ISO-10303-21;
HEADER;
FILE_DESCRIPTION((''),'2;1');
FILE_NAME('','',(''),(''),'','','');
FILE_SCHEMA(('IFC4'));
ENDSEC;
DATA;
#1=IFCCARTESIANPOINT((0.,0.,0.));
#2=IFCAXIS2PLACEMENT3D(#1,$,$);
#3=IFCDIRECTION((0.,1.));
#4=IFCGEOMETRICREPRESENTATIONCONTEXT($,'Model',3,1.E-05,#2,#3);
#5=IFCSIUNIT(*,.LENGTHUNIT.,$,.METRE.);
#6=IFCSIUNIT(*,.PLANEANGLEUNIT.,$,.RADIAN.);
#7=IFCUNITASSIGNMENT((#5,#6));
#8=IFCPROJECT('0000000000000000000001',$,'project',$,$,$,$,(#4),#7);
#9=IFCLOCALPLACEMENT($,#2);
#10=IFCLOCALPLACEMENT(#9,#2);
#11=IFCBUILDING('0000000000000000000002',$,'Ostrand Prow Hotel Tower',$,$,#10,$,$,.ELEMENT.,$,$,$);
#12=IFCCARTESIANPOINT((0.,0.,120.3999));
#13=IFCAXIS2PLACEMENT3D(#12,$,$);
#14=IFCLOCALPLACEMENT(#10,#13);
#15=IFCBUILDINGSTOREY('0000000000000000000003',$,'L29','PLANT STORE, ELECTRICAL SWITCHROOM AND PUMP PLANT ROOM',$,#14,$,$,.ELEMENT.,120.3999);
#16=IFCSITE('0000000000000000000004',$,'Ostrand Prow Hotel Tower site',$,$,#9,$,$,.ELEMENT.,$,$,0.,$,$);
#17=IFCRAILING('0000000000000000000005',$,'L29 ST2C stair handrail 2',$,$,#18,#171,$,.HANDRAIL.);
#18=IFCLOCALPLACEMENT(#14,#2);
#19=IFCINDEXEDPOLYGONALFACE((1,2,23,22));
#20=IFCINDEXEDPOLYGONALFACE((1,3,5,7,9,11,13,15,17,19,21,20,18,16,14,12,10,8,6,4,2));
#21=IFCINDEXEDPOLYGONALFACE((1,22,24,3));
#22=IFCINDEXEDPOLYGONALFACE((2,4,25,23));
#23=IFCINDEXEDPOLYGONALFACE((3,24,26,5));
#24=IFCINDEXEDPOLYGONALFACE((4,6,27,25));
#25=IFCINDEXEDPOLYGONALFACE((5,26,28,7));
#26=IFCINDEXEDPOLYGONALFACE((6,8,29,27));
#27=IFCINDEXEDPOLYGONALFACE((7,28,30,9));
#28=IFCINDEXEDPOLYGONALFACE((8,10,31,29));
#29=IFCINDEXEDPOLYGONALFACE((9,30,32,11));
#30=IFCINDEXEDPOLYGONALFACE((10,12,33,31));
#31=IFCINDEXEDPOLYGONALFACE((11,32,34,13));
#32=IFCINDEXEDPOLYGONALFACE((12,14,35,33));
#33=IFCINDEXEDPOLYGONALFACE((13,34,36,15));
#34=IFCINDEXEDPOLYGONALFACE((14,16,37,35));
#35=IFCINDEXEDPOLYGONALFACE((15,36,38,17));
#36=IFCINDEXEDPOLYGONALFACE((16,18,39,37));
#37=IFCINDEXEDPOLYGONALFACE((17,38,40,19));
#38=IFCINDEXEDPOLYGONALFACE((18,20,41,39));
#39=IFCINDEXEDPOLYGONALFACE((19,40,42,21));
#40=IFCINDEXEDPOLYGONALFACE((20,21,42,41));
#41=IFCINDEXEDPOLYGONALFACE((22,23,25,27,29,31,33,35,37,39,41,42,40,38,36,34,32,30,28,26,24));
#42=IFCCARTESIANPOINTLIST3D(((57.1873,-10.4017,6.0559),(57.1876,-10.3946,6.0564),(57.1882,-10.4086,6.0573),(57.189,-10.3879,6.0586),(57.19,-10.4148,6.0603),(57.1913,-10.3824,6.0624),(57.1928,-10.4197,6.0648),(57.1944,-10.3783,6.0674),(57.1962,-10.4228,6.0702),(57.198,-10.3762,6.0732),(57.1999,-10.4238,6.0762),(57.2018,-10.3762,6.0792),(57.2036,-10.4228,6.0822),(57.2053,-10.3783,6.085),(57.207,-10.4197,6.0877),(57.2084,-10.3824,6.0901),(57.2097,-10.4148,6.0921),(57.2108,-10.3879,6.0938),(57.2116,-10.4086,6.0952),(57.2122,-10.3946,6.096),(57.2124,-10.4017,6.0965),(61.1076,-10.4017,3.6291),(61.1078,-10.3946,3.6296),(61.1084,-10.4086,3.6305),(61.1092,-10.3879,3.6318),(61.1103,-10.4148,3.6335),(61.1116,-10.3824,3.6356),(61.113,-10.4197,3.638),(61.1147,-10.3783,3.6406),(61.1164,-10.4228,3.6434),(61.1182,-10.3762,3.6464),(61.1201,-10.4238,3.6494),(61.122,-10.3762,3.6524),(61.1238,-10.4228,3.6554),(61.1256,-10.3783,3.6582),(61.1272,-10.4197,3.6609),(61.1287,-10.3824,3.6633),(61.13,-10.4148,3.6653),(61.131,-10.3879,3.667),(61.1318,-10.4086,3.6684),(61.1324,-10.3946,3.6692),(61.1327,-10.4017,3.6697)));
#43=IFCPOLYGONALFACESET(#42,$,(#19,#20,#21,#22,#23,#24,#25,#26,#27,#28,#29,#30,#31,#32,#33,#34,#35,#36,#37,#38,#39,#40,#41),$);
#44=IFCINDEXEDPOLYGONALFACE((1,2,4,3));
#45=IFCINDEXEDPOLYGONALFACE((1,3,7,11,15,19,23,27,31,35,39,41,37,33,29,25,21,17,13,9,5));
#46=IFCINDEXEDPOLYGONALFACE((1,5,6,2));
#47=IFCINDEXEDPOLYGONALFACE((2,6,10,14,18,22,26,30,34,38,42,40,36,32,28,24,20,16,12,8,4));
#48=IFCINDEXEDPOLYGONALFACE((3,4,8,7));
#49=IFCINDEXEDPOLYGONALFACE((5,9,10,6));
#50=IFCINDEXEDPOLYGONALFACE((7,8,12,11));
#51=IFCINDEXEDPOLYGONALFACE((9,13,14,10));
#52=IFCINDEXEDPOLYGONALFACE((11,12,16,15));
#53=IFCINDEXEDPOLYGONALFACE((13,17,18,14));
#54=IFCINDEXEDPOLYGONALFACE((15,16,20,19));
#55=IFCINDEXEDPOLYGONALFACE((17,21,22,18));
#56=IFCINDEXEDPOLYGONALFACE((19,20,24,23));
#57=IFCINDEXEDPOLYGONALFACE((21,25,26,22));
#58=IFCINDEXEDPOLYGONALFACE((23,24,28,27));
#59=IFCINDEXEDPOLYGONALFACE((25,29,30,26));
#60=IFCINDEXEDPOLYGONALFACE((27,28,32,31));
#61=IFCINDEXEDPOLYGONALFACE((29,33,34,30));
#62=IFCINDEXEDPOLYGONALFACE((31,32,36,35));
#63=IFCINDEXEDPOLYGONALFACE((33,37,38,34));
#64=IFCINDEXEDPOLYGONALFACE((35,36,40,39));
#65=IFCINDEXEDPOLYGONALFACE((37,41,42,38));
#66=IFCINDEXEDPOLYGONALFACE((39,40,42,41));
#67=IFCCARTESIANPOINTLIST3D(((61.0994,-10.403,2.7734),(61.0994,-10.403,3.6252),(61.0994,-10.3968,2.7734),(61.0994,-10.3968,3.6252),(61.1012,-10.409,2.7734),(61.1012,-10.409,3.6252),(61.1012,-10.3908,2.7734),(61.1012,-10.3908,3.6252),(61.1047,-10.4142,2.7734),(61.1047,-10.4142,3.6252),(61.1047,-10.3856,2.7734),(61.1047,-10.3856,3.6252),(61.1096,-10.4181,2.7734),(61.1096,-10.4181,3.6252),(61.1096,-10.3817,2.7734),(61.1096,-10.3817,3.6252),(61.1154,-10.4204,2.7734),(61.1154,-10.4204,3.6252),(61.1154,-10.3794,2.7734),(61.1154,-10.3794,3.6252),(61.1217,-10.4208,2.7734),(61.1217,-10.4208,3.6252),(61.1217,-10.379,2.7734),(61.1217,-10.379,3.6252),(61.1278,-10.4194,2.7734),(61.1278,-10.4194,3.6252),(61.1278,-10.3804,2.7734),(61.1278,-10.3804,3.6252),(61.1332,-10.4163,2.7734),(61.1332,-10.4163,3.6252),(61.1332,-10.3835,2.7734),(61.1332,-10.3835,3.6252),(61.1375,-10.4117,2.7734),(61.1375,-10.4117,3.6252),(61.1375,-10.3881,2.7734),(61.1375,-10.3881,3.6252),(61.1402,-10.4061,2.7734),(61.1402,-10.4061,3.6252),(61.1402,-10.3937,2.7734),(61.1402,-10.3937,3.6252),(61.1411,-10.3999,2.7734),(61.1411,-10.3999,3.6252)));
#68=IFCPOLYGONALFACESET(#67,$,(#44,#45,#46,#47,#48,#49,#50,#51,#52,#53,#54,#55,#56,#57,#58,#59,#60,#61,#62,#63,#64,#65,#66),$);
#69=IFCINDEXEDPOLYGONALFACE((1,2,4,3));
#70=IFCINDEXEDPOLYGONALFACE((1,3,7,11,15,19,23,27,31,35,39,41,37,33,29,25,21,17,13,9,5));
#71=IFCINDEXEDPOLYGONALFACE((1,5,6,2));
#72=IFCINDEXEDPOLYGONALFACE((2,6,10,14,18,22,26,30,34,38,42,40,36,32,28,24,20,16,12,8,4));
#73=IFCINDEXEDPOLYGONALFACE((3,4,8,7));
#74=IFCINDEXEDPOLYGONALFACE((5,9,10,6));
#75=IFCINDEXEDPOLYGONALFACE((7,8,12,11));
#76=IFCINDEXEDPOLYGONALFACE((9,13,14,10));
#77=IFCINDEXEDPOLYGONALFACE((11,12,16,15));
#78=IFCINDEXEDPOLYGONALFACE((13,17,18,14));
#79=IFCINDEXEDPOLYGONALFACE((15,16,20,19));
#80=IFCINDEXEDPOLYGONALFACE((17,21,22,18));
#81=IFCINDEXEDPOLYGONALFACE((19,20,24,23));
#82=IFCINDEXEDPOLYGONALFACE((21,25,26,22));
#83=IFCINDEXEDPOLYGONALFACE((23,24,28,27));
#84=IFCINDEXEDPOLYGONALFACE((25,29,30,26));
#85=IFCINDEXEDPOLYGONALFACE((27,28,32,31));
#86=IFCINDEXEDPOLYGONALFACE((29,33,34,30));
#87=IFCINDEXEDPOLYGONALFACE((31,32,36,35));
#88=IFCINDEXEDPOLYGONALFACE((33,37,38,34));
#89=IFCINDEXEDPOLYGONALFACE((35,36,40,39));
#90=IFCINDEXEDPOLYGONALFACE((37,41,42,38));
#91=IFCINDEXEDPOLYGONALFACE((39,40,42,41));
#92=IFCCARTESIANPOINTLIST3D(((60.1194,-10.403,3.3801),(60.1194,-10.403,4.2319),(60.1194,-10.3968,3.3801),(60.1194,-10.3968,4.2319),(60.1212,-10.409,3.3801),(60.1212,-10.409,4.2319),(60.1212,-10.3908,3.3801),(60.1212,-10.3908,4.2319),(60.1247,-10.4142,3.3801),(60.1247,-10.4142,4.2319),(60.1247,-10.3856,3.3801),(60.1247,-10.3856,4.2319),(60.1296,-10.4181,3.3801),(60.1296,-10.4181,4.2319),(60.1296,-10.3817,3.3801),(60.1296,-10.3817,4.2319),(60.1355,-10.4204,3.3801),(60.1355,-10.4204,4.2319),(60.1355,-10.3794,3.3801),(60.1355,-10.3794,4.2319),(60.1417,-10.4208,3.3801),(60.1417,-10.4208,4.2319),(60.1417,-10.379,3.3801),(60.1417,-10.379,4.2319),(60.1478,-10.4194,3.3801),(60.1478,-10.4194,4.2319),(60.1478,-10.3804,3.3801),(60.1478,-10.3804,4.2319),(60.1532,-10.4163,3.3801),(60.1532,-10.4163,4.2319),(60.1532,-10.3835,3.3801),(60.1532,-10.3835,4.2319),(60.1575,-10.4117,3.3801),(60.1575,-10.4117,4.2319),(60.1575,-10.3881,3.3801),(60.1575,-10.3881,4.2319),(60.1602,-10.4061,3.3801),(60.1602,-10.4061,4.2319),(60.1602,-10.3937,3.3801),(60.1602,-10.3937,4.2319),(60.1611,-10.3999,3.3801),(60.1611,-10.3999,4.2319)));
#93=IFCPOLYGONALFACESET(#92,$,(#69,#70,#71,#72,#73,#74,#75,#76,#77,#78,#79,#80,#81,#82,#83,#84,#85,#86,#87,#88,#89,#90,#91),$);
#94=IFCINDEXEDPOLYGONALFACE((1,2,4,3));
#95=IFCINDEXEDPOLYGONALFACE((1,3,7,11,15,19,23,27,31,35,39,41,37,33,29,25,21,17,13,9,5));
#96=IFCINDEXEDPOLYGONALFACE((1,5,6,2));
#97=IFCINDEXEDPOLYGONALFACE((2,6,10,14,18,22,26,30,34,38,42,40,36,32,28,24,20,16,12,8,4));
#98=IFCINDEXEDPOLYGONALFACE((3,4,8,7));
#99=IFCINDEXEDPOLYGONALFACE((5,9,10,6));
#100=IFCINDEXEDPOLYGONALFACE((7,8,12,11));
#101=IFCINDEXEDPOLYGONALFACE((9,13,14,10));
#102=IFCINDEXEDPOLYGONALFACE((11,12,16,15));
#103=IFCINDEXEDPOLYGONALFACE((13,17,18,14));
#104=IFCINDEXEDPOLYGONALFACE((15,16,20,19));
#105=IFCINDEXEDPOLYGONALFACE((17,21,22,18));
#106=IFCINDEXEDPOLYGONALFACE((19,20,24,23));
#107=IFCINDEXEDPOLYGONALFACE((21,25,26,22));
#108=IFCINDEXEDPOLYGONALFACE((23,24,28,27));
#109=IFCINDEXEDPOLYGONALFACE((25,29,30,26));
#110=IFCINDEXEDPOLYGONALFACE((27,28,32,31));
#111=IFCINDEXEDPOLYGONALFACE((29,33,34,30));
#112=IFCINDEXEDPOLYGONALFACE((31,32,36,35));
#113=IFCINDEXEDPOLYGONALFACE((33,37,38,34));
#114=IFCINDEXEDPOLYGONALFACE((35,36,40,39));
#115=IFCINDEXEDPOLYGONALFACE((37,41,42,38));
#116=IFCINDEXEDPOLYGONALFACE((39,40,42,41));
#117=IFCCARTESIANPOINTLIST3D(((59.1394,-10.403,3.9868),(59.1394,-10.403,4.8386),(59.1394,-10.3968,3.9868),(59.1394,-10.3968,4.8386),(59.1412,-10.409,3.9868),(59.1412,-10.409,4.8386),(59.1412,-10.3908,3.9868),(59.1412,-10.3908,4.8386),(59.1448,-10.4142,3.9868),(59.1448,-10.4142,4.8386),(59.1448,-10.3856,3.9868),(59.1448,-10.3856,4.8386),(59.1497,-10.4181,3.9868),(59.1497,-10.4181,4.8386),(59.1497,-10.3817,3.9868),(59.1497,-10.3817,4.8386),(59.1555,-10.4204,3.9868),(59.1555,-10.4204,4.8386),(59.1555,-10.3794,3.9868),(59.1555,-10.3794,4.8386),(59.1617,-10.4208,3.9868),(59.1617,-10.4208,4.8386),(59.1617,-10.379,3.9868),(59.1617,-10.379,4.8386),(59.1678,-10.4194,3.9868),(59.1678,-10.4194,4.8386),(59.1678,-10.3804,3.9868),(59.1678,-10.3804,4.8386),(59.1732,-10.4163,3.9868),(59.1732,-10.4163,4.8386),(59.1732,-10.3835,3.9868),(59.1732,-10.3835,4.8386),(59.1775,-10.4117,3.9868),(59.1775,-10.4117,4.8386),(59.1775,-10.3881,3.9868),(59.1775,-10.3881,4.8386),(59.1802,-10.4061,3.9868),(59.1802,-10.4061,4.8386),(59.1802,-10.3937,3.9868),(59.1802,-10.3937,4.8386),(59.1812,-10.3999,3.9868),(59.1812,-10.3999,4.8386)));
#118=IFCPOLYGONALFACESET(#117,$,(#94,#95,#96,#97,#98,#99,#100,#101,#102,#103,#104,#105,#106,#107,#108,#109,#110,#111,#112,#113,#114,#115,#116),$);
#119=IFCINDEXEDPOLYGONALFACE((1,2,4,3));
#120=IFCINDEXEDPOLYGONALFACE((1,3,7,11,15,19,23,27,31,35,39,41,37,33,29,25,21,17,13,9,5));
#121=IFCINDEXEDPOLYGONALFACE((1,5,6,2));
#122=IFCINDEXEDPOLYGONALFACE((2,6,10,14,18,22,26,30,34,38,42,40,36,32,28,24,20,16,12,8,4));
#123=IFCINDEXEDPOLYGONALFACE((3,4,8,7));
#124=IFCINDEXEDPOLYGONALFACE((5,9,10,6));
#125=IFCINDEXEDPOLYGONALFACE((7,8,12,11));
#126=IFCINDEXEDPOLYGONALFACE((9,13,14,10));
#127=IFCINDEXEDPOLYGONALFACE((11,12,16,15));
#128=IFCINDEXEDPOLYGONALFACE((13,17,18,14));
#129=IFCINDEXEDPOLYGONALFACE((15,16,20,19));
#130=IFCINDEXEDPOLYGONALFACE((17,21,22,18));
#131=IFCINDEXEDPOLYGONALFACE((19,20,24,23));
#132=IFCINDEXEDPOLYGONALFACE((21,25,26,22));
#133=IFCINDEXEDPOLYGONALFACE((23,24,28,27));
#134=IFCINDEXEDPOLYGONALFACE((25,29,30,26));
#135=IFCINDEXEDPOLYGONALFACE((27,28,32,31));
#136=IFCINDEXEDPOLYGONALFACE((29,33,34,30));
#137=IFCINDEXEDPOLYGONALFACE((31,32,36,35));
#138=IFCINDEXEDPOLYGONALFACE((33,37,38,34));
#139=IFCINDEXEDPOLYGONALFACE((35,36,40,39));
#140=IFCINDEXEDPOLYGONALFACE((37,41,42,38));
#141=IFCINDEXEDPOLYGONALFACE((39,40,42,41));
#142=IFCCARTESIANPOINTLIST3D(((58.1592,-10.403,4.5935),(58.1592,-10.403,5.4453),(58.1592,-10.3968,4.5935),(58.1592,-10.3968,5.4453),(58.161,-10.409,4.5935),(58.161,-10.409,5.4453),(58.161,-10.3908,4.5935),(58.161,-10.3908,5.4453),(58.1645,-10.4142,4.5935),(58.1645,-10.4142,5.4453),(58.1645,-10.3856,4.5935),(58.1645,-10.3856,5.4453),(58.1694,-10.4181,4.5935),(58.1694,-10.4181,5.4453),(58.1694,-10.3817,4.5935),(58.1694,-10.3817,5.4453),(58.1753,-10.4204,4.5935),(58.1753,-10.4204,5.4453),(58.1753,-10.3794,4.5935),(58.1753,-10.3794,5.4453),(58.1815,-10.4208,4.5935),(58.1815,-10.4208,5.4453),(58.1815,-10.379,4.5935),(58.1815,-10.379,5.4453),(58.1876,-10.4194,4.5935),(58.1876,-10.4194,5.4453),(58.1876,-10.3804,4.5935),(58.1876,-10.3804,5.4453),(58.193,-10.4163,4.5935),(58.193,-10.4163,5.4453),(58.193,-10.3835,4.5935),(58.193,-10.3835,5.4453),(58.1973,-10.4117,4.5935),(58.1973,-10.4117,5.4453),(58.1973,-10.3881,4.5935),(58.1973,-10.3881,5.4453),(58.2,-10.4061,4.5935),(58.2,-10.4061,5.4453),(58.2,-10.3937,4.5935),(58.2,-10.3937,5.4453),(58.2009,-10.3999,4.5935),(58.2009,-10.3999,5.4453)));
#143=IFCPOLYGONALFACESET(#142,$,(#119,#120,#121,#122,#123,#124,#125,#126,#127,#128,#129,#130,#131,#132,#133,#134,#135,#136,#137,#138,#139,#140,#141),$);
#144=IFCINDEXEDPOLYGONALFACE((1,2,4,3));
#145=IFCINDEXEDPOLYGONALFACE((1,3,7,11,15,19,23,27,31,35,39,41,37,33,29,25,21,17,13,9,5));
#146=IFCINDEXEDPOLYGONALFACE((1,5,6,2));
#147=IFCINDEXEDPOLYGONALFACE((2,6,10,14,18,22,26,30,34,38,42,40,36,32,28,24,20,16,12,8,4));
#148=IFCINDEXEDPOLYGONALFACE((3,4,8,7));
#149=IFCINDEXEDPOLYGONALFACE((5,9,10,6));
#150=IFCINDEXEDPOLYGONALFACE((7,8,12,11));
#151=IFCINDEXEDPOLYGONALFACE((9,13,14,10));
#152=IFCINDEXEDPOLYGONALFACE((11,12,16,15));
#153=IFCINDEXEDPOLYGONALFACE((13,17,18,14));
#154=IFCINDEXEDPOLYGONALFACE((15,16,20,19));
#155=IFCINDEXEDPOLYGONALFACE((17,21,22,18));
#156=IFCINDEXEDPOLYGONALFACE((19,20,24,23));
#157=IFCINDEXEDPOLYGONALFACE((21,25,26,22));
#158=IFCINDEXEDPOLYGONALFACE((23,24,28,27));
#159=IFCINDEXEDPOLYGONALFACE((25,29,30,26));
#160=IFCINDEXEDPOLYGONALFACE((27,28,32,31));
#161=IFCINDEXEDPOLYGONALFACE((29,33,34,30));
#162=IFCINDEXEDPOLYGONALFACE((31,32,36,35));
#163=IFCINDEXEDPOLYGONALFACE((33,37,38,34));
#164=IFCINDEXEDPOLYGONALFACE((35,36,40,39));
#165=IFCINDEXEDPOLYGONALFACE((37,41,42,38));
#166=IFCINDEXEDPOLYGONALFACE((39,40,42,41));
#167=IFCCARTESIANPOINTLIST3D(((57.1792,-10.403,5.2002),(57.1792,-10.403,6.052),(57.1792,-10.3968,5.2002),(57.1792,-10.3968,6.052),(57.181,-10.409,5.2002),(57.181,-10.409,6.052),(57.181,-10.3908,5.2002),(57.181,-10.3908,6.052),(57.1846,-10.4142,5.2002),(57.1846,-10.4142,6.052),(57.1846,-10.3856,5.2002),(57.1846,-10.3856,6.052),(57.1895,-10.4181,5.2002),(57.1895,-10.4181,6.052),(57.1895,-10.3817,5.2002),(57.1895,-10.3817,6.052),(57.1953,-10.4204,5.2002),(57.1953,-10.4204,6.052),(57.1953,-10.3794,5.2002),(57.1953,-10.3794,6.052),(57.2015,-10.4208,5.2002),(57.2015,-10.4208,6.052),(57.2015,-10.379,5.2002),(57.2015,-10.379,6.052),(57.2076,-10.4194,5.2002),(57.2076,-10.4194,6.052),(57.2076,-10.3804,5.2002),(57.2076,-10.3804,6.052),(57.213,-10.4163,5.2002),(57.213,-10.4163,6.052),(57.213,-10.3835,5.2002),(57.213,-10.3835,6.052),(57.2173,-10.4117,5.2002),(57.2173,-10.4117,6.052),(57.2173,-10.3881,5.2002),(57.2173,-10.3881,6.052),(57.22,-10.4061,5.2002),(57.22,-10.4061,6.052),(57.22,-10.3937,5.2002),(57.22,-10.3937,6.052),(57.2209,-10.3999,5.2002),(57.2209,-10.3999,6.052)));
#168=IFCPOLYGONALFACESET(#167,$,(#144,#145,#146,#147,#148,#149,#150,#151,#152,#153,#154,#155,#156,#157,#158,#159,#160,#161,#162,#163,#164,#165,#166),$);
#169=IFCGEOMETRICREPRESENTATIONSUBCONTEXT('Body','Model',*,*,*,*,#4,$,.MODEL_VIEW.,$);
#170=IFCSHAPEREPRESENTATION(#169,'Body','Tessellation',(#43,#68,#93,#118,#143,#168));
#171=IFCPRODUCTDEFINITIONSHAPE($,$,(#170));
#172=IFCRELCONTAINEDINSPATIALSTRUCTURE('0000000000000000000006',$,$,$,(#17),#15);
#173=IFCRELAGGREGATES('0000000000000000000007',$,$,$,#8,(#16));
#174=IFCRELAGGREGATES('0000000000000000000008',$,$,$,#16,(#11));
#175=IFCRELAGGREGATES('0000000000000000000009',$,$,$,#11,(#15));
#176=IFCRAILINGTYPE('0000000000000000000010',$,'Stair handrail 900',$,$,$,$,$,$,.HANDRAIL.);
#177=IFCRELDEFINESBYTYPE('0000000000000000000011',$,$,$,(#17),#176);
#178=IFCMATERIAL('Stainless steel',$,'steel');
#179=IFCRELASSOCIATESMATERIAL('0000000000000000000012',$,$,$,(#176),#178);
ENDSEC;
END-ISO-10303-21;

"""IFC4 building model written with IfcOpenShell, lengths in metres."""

from ifc_helpers import new_model, si_unit, direction, frame, origin, origin_2d, place, context, subcontext, project, spatial, circle, extrude, material, type_object, element, save


model = new_model("IFC4")

# Units and contexts
model_context = context("Model", 3, precision=1e-05, world=origin(), true_north=direction((0.0, 1.0)))
body_context = subcontext(model_context, "Body", "Model", "MODEL_VIEW")
ifc_project = project(units=[si_unit("LENGTHUNIT", "METRE"), si_unit("PLANEANGLEUNIT", "RADIAN")], contexts=[model_context])

# Site, building, storey
site_placement = place(None, origin())
site = spatial("IfcSite", under=ifc_project, at=site_placement, Name="Ostrand Prow Hotel Tower site", CompositionType="ELEMENT", RefElevation=0.0)
building_placement = place(site_placement, origin())
building = spatial("IfcBuilding", under=site, at=building_placement, Name="Ostrand Prow Hotel Tower", CompositionType="ELEMENT")
storey_placement = place(building_placement, frame((0.0, 0.0, 120.3999)))
storey = spatial("IfcBuildingStorey", under=building, at=storey_placement, Name="L29", Description="PLANT STORE, ELECTRICAL SWITCHROOM AND PUMP PLANT ROOM", CompositionType="ELEMENT", Elevation=120.3999)

# Railing
ifc_material_1 = material(Name="Stainless steel", Category="steel")
railing_type_1 = type_object("IfcRailingType", Name="Stair handrail 900", PredefinedType="HANDRAIL", material=ifc_material_1)
railing_1_placement = place(storey_placement, frame((61.1201, -10.3999, 2.7734)))
element("IfcRailing", 1, at=railing_1_placement, inside=storey, type_object=railing_type_1, Name="L29 ST2C stair handrail 2", PredefinedType="HANDRAIL", context=body_context, shape_type="SweptSolid", body=[
    extrude(circle(Radius=0.0239, at=origin_2d()), frame((0.0, 0.0, 0.876), z_axis=(-0.850266, 0.0, 0.526353), x_axis=(0.0, -1.0, 0.0)), (0.0, 0.0, 1.0), 4.6106),
    extrude(circle(Radius=0.021, at=origin_2d()), origin(), (0.0, 0.0, 1.0), 0.8518),
    extrude(circle(Radius=0.021, at=origin_2d()), frame((-0.98, 0.0, 0.6067)), (0.0, 0.0, 1.0), 0.8518),
    extrude(circle(Radius=0.021, at=origin_2d()), frame((-1.96, 0.0, 1.2134)), (0.0, 0.0, 1.0), 0.8518),
    extrude(circle(Radius=0.021, at=origin_2d()), frame((-2.9402, 0.0, 1.8201)), (0.0, 0.0, 1.0), 0.8518),
    extrude(circle(Radius=0.021, at=origin_2d()), frame((-3.9202, 0.0, 2.4268)), (0.0, 0.0, 1.0), 0.8518),
])

save(model, "model.ifc")
